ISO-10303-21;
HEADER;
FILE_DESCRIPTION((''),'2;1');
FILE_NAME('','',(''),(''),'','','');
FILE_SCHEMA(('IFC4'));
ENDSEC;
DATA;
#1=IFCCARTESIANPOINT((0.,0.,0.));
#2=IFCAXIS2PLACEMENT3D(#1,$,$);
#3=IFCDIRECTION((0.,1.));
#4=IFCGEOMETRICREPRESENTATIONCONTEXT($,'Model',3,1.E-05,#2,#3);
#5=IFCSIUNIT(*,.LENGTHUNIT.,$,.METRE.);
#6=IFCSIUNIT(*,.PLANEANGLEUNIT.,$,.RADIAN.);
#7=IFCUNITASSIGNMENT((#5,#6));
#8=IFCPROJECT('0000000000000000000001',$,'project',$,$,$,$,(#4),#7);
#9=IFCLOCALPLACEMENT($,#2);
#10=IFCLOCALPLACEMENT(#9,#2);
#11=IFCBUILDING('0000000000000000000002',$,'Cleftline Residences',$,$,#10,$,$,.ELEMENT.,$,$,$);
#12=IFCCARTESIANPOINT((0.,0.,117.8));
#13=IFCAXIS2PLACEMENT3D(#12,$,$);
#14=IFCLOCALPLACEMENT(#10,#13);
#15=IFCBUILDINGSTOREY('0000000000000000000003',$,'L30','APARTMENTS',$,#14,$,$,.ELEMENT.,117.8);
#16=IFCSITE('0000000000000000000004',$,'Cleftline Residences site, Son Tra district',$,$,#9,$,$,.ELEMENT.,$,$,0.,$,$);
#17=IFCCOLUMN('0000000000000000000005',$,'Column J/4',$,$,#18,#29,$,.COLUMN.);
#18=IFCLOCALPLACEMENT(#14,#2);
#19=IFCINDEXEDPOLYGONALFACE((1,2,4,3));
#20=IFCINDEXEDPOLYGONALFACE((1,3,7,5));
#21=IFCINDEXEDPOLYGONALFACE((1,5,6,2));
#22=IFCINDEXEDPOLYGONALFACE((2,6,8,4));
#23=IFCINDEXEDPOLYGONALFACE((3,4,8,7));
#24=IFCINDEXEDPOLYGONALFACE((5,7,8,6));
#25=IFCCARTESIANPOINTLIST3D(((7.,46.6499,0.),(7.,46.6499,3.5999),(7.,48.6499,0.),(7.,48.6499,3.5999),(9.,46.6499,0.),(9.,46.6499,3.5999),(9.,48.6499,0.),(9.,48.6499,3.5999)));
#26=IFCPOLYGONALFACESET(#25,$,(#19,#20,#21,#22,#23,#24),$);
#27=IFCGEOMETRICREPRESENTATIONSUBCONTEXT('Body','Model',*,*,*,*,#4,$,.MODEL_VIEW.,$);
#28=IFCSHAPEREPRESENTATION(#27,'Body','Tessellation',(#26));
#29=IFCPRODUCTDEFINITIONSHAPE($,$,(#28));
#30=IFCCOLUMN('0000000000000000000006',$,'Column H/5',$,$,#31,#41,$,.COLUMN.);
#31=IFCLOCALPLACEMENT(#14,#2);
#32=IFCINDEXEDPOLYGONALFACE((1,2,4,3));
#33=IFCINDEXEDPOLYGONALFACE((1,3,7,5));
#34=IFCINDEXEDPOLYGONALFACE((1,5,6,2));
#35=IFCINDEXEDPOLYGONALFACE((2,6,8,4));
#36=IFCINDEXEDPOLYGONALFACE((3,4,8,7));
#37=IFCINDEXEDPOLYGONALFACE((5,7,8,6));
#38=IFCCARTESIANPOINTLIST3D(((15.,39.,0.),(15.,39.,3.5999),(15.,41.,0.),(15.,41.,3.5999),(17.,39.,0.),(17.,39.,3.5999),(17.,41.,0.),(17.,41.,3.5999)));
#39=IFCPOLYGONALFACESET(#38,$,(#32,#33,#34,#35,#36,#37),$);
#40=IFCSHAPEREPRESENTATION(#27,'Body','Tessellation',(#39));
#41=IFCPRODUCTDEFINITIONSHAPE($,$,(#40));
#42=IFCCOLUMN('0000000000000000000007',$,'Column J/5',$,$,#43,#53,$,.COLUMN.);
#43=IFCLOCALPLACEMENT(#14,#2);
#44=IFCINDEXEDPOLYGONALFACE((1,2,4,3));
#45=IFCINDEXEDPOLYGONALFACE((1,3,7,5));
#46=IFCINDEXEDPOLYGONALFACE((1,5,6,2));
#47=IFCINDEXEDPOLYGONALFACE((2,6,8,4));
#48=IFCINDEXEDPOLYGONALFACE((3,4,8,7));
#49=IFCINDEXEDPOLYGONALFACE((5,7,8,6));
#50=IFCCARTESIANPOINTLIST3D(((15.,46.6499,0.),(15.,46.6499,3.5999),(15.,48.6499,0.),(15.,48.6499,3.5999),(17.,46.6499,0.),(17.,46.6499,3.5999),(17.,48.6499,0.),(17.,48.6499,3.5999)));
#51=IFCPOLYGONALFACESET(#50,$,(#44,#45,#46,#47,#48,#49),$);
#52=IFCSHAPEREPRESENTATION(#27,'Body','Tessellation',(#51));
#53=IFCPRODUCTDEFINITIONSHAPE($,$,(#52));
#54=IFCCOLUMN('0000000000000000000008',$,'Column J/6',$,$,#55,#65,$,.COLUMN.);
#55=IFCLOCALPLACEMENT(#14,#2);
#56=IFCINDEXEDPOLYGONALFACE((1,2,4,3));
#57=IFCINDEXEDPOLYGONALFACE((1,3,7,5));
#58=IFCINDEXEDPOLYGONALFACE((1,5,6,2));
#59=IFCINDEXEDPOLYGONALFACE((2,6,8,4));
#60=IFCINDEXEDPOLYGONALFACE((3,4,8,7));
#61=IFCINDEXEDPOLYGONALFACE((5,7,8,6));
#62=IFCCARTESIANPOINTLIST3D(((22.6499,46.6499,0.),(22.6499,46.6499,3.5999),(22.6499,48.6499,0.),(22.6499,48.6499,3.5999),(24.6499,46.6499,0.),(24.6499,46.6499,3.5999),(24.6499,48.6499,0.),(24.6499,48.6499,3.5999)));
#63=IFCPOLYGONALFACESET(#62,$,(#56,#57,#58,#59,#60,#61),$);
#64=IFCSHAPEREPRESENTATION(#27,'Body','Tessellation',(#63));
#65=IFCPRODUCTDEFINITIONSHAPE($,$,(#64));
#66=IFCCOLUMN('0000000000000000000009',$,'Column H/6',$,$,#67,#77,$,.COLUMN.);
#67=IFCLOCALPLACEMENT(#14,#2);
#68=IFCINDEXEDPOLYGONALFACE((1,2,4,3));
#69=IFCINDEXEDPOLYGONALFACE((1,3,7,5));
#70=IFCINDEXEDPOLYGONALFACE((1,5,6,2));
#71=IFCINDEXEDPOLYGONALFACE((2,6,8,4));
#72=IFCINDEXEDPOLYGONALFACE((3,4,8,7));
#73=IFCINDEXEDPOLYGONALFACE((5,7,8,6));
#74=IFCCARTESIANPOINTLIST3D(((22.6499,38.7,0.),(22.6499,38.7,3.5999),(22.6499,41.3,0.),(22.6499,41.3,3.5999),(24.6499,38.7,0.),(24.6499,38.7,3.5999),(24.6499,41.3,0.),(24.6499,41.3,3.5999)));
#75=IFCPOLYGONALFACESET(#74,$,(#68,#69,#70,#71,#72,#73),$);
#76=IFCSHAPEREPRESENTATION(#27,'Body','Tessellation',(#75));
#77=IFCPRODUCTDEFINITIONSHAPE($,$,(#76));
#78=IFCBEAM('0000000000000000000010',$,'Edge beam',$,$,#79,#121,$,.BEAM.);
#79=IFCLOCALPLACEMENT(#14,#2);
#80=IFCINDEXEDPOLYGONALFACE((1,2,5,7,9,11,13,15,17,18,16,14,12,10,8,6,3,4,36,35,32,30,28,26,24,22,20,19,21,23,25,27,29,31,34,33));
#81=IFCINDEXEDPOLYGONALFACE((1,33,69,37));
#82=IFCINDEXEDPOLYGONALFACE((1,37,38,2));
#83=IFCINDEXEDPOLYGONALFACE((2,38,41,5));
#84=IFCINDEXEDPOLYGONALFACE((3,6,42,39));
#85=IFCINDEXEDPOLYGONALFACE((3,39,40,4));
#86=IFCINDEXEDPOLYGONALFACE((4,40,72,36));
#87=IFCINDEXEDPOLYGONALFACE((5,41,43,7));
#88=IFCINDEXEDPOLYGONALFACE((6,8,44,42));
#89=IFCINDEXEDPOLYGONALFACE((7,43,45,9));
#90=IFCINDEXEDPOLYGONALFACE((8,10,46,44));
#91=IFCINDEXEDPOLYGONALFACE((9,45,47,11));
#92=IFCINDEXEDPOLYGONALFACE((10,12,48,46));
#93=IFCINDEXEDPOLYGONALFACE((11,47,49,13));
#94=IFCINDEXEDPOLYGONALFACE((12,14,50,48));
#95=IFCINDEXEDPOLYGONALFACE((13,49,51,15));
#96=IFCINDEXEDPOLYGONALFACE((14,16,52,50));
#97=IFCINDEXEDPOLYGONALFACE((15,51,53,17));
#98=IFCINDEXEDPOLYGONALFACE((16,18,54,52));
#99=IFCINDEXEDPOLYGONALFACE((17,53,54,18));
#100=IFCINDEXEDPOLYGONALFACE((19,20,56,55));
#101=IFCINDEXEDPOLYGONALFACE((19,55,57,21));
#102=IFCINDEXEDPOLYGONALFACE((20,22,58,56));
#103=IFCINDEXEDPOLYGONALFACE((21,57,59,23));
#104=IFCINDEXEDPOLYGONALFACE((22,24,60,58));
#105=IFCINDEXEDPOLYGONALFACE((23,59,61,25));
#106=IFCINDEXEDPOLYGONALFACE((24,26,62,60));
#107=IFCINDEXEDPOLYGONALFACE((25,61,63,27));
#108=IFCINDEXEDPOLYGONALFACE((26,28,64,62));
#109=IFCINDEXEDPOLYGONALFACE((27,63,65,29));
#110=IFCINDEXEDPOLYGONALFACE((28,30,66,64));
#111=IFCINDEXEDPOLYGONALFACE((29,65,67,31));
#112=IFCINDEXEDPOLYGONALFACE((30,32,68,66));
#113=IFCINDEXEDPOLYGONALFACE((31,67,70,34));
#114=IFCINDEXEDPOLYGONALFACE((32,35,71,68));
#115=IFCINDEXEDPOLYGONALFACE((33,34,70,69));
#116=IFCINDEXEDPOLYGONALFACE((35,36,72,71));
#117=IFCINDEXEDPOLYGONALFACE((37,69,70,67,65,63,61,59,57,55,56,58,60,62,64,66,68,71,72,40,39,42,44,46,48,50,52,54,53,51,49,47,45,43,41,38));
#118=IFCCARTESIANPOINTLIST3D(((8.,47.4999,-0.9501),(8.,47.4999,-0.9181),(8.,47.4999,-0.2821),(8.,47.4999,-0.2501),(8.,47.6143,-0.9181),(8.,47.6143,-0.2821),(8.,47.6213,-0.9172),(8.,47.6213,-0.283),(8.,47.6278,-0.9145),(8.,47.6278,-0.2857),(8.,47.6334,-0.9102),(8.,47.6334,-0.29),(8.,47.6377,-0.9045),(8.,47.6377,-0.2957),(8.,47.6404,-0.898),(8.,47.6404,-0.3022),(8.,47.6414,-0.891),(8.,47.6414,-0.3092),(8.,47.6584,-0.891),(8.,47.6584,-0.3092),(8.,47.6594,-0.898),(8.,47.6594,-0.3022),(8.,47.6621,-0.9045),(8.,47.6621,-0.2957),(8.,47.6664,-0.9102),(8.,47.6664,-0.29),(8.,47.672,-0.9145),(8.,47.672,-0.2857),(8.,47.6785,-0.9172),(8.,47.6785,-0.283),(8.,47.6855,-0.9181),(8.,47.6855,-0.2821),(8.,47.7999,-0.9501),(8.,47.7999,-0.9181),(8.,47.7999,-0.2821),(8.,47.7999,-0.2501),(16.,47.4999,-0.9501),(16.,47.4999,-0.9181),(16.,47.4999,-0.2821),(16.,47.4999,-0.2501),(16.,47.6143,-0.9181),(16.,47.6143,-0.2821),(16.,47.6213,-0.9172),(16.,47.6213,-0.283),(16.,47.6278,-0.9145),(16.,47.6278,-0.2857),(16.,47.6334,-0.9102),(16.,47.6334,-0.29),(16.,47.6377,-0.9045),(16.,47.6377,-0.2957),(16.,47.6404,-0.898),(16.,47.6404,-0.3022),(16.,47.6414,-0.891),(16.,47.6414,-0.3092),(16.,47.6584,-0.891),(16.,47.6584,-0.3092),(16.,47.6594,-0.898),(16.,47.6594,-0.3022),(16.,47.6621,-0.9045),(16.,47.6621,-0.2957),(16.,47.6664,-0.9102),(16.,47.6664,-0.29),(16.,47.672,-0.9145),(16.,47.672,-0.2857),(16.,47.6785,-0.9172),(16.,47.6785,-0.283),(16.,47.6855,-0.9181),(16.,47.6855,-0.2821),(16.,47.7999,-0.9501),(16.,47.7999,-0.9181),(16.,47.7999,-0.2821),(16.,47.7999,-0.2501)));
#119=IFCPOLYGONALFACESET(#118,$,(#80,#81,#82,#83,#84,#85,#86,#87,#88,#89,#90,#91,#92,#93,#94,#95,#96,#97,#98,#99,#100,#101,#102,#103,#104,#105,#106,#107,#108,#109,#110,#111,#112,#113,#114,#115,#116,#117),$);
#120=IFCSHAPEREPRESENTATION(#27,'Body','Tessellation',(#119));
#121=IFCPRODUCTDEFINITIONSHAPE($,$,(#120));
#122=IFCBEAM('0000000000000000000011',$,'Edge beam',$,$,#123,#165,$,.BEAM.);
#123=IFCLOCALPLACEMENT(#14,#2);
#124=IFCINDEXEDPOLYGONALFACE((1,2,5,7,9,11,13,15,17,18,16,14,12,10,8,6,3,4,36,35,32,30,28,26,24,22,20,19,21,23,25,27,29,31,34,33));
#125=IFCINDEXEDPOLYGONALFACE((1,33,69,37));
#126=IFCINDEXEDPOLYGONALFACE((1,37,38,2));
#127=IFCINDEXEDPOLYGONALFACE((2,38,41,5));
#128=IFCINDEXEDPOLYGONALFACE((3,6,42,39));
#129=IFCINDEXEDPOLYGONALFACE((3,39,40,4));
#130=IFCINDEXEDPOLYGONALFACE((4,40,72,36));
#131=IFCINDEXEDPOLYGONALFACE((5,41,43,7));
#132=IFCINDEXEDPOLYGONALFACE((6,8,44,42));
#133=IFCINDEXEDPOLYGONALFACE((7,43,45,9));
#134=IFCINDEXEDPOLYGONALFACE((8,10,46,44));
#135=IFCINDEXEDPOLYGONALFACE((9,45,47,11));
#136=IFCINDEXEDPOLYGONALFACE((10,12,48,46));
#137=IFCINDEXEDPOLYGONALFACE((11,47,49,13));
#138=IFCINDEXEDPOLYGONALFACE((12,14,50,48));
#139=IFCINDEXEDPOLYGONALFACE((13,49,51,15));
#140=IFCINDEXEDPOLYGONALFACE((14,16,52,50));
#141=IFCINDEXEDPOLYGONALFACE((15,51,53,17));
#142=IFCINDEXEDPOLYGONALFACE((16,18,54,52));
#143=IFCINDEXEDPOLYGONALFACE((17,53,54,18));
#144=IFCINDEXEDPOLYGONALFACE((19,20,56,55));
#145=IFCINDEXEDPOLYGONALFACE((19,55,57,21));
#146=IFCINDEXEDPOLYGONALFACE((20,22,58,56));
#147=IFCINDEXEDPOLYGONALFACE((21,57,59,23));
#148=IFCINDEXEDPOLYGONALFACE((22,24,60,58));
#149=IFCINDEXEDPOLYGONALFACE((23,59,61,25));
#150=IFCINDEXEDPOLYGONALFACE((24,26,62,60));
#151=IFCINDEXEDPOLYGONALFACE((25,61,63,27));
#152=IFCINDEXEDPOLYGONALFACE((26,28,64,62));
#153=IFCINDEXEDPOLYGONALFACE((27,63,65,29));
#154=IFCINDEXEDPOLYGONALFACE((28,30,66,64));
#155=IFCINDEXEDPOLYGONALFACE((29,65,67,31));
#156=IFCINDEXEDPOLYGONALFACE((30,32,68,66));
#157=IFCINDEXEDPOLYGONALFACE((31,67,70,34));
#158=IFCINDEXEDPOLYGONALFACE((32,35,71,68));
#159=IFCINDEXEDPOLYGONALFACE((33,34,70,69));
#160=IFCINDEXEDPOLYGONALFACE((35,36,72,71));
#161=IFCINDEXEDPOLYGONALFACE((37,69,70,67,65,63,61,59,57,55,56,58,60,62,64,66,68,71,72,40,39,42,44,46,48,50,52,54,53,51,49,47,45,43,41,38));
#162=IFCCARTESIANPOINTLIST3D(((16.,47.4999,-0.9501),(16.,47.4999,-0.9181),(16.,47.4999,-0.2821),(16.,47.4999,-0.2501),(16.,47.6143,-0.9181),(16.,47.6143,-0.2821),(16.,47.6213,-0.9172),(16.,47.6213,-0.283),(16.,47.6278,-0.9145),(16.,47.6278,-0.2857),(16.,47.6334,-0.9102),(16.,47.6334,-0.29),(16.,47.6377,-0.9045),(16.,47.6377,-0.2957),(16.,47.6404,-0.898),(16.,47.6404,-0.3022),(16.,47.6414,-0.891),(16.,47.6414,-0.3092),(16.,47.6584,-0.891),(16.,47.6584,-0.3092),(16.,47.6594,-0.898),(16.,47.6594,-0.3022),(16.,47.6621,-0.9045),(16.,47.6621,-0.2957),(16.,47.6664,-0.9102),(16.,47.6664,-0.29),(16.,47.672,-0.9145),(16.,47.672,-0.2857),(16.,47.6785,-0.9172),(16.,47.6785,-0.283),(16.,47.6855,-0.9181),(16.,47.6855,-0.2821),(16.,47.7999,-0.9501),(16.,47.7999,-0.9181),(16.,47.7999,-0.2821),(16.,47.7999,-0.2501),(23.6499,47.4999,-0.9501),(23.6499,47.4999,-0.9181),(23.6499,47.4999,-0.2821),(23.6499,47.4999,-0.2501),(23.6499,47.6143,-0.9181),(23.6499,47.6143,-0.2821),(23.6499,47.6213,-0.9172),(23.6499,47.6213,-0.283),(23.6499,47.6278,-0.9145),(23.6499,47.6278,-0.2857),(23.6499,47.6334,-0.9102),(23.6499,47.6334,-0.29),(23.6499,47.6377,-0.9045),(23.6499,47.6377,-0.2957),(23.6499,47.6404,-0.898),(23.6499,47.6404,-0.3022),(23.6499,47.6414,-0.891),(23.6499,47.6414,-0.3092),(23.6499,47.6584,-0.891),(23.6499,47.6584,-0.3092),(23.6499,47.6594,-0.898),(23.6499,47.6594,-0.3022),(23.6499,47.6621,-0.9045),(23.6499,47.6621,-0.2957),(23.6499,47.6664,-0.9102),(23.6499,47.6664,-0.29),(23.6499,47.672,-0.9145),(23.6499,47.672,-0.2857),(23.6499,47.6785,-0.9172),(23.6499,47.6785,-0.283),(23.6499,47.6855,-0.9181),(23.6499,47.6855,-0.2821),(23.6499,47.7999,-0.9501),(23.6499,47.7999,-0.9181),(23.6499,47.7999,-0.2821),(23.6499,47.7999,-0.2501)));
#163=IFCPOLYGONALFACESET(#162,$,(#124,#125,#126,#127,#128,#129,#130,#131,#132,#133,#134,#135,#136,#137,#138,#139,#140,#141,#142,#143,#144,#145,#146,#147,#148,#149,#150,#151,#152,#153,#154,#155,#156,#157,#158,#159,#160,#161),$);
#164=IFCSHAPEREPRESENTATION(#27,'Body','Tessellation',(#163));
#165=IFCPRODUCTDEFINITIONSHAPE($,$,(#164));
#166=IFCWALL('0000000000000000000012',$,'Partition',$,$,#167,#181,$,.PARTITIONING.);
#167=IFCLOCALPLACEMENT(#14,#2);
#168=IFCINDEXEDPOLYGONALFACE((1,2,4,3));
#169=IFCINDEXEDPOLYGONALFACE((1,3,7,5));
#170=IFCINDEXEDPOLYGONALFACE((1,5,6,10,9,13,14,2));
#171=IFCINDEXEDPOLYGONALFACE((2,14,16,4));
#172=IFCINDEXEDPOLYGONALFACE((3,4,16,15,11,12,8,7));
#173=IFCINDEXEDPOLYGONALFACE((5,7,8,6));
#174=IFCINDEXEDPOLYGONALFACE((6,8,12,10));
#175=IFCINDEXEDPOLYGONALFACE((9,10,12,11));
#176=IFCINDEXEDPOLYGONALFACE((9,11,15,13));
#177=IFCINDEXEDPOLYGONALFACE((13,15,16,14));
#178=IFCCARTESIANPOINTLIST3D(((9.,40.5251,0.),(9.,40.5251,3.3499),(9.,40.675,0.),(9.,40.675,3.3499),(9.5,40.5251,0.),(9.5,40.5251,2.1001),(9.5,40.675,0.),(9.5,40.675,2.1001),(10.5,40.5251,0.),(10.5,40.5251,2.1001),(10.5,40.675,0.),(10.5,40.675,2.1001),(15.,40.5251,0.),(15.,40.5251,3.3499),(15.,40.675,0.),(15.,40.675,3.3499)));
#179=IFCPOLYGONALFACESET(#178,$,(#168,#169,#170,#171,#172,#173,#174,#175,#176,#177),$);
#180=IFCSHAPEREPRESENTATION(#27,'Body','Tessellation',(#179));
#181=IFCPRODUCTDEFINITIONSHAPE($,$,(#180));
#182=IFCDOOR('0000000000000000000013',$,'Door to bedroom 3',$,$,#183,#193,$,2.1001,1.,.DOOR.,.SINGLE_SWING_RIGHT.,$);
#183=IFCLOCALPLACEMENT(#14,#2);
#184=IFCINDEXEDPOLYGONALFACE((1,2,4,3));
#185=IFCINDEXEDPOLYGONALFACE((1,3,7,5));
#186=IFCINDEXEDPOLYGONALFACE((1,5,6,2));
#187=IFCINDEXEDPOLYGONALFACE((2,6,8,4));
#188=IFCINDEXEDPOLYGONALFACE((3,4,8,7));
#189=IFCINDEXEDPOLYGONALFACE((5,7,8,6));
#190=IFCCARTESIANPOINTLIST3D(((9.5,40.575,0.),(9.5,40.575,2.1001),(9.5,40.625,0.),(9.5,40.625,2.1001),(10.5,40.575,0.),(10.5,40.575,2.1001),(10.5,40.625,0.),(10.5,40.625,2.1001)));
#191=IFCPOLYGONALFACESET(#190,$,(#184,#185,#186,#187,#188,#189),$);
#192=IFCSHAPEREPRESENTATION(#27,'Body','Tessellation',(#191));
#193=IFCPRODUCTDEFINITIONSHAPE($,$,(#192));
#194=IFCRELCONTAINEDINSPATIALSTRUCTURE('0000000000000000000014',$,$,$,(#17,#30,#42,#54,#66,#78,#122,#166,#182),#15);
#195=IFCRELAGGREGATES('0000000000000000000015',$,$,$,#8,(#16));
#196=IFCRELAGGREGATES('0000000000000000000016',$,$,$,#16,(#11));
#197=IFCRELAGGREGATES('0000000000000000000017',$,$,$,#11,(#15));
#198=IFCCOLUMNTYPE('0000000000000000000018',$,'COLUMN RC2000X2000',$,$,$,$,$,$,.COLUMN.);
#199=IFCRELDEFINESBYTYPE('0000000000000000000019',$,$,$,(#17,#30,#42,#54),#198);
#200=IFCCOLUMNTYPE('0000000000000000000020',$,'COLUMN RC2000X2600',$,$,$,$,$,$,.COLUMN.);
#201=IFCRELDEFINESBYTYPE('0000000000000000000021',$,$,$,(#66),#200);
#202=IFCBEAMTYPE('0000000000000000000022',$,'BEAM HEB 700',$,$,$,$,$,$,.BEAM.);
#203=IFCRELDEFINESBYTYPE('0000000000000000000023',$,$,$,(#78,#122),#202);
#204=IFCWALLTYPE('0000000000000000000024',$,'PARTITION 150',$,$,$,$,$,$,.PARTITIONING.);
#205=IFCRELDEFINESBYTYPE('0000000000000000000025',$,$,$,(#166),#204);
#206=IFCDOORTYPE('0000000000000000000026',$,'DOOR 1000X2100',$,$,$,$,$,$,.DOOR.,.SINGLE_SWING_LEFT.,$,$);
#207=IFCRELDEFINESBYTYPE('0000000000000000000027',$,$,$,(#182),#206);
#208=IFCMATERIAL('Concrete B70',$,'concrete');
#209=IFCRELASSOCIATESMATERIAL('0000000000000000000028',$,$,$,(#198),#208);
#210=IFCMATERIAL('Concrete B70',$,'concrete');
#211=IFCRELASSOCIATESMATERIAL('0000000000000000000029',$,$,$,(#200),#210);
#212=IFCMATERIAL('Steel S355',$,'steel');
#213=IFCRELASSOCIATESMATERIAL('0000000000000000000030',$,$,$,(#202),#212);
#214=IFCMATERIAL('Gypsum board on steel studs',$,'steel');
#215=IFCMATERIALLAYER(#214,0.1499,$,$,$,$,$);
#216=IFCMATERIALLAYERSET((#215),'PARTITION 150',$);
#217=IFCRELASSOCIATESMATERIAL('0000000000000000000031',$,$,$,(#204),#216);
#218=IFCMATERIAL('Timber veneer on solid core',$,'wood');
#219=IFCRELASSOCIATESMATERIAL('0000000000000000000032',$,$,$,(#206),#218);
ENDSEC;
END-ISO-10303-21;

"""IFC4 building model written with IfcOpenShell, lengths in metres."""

from ifc_helpers import new_model, si_unit, direction, frame, frame_2d, origin, origin_2d, place, context, subcontext, project, spatial, rectangle, i_section, extrude, material, layer, layer_set, material_profile, profile_set, type_object, element, fill, save


model = new_model("IFC4")

# Units and contexts
model_context = context("Model", 3, precision=1e-05, world=origin(), true_north=direction((0.0, 1.0)))
body_context = subcontext(model_context, "Body", "Model", "MODEL_VIEW")
ifc_project = project(units=[si_unit("LENGTHUNIT", "METRE"), si_unit("PLANEANGLEUNIT", "RADIAN")], contexts=[model_context])

# Site, building, storey
site_placement = place(None, origin())
site = spatial("IfcSite", under=ifc_project, at=site_placement, Name="Cleftline Residences site, Son Tra district", CompositionType="ELEMENT", RefElevation=0.0)
building_placement = place(site_placement, origin())
building = spatial("IfcBuilding", under=site, at=building_placement, Name="Cleftline Residences", CompositionType="ELEMENT")
storey_placement = place(building_placement, frame((0.0, 0.0, 117.8)))
storey = spatial("IfcBuildingStorey", under=building, at=storey_placement, Name="L30", Description="APARTMENTS", CompositionType="ELEMENT", Elevation=117.8)

# Columns
ifc_material_1 = material(Name="Concrete B70", Category="concrete")
ifc_material_profile_1 = material_profile(ifc_material_1, rectangle(XDim=2.0, YDim=2.0, at=origin_2d()))
ifc_profile_set_1 = profile_set([ifc_material_profile_1], Name="Concrete B70")
column_type_1 = type_object("IfcColumnType", Name="COLUMN RC2000X2000", PredefinedType="COLUMN", material=ifc_profile_set_1)
for number, where, z_axis, x_axis, name in (
    (1, (8.0, 47.6499, 0.0), (0.0, 0.0, 1.0), (1.0, 0.0, 0.0), "Column J/4"),
    (2, (16.0, 40.0, 0.0), (0.0, 0.0, 1.0), (1.0, 0.0, 0.0), "Column H/5"),
    (3, (16.0, 47.6499, 0.0), (0.0, 0.0, 1.0), (1.0, 0.0, 0.0), "Column J/5"),
    (4, (23.6499, 47.6499, 0.0), (0.0, 0.0, 1.0), (1.0, 0.0, 0.0), "Column J/6"),
):
    element("IfcColumn", number, at=place(storey_placement, frame(where, z_axis=z_axis, x_axis=x_axis)), inside=storey, type_object=column_type_1, Name=name, PredefinedType="COLUMN", context=body_context, shape_type="SweptSolid", body=[
        extrude(rectangle(XDim=2.0, YDim=2.0, at=origin_2d()), origin(), (0.0, 0.0, 1.0), 3.5999),
    ])
ifc_material_2 = material(Name="Concrete B70", Category="concrete")
ifc_material_profile_2 = material_profile(ifc_material_2, rectangle(XDim=2.0, YDim=2.6001, at=origin_2d()))
ifc_profile_set_2 = profile_set([ifc_material_profile_2], Name="Concrete B70")
column_type_2 = type_object("IfcColumnType", Name="COLUMN RC2000X2600", PredefinedType="COLUMN", material=ifc_profile_set_2)
column_placement = place(storey_placement, frame((23.6499, 40.0, 0.0), z_axis=(0.0, 0.0, 1.0), x_axis=(1.0, 0.0, 0.0)))
element("IfcColumn", 5, at=column_placement, inside=storey, type_object=column_type_2, Name="Column H/6", PredefinedType="COLUMN", context=body_context, shape_type="SweptSolid", body=[
    extrude(rectangle(XDim=2.0, YDim=2.6001, at=origin_2d()), origin(), (0.0, 0.0, 1.0), 3.5999),
])

# Beams
ifc_material_3 = material(Name="Steel S355", Category="steel")
ifc_material_profile_3 = material_profile(ifc_material_3, i_section(OverallWidth=0.3, OverallDepth=0.7, WebThickness=0.0171, FlangeThickness=0.032, FilletRadius=0.0271, at=origin_2d()))
ifc_profile_set_3 = profile_set([ifc_material_profile_3], Name="Steel S355")
beam_type = type_object("IfcBeamType", Name="BEAM HEB 700", PredefinedType="BEAM", material=ifc_profile_set_3)
beam_1_placement = place(storey_placement, frame((8.0, 47.6499, -0.6001), z_axis=(1.0, 0.0, 0.0), x_axis=(0.0, 1.0, 0.0)))
element("IfcBeam", 6, at=beam_1_placement, inside=storey, type_object=beam_type, Name="Edge beam", PredefinedType="BEAM", context=body_context, shape_type="SweptSolid", body=[
    extrude(i_section(OverallWidth=0.3, OverallDepth=0.7, WebThickness=0.0171, FlangeThickness=0.032, FilletRadius=0.0271, at=origin_2d()), origin(), (0.0, 0.0, 1.0), 8.0),
])
beam_2_placement = place(storey_placement, frame((16.0, 47.6499, -0.6001), z_axis=(1.0, 0.0, 0.0), x_axis=(0.0, 1.0, 0.0)))
element("IfcBeam", 7, at=beam_2_placement, inside=storey, type_object=beam_type, Name="Edge beam", PredefinedType="BEAM", context=body_context, shape_type="SweptSolid", body=[
    extrude(i_section(OverallWidth=0.3, OverallDepth=0.7, WebThickness=0.0171, FlangeThickness=0.032, FilletRadius=0.0271, at=origin_2d()), origin(), (0.0, 0.0, 1.0), 7.6499),
])

# Wall, opening, door
ifc_material_4 = material(Name="Gypsum board on steel studs", Category="steel")
ifc_layer = layer(ifc_material_4, 0.1499)
ifc_layer_set = layer_set([ifc_layer], Name="PARTITION 150")
wall_type = type_object("IfcWallType", Name="PARTITION 150", PredefinedType="PARTITIONING", material=ifc_layer_set)
wall_1_placement = place(storey_placement, frame((9.0, 40.6001, 0.0), z_axis=(0.0, 0.0, 1.0), x_axis=(1.0, 0.0, 0.0)))
wall_1 = element("IfcWall", 8, at=wall_1_placement, inside=storey, type_object=wall_type, Name="Partition", PredefinedType="PARTITIONING", context=body_context, shape_type="SweptSolid", body=[
    extrude(rectangle(XDim=6.0, YDim=0.1499, at=frame_2d((3.0, 0.0))), origin(), (0.0, 0.0, 1.0), 3.3499),
])
opening_1_placement = place(wall_1_placement, frame((0.5, 0.0, 0.0)))
opening_1 = element("IfcOpeningElement", 9, at=opening_1_placement, cuts=wall_1, PredefinedType="OPENING", context=body_context, shape_type="SweptSolid", body=[
    extrude(rectangle(XDim=1.0, YDim=2.1001, at=frame_2d((0.5, 1.05))), frame((0.0, 0.085, 0.0), z_axis=(0.0, -1.0, 0.0), x_axis=(1.0, 0.0, 0.0)), (0.0, 0.0, 1.0), 0.1699),
])
ifc_material_5 = material(Name="Timber veneer on solid core", Category="wood")
door_type_1 = type_object("IfcDoorType", Name="DOOR 1000X2100", OperationType="SINGLE_SWING_LEFT", PredefinedType="DOOR", material=ifc_material_5)
door_1_placement = place(opening_1_placement, origin())
door_1 = element("IfcDoor", 10, at=door_1_placement, inside=storey, type_object=door_type_1, Name="Door to bedroom 3", OperationType="SINGLE_SWING_RIGHT", OverallHeight=2.1001, OverallWidth=1.0, PredefinedType="DOOR", context=body_context, shape_type="SweptSolid", body=[
    extrude(rectangle(XDim=1.0, YDim=2.1001, at=frame_2d((0.5, 1.05))), frame((0.0, 0.0249, 0.0), z_axis=(0.0, -1.0, 0.0), x_axis=(1.0, 0.0, 0.0)), (0.0, 0.0, 1.0), 0.05),
])
fill(opening_1, door_1)

save(model, "model.ifc")
